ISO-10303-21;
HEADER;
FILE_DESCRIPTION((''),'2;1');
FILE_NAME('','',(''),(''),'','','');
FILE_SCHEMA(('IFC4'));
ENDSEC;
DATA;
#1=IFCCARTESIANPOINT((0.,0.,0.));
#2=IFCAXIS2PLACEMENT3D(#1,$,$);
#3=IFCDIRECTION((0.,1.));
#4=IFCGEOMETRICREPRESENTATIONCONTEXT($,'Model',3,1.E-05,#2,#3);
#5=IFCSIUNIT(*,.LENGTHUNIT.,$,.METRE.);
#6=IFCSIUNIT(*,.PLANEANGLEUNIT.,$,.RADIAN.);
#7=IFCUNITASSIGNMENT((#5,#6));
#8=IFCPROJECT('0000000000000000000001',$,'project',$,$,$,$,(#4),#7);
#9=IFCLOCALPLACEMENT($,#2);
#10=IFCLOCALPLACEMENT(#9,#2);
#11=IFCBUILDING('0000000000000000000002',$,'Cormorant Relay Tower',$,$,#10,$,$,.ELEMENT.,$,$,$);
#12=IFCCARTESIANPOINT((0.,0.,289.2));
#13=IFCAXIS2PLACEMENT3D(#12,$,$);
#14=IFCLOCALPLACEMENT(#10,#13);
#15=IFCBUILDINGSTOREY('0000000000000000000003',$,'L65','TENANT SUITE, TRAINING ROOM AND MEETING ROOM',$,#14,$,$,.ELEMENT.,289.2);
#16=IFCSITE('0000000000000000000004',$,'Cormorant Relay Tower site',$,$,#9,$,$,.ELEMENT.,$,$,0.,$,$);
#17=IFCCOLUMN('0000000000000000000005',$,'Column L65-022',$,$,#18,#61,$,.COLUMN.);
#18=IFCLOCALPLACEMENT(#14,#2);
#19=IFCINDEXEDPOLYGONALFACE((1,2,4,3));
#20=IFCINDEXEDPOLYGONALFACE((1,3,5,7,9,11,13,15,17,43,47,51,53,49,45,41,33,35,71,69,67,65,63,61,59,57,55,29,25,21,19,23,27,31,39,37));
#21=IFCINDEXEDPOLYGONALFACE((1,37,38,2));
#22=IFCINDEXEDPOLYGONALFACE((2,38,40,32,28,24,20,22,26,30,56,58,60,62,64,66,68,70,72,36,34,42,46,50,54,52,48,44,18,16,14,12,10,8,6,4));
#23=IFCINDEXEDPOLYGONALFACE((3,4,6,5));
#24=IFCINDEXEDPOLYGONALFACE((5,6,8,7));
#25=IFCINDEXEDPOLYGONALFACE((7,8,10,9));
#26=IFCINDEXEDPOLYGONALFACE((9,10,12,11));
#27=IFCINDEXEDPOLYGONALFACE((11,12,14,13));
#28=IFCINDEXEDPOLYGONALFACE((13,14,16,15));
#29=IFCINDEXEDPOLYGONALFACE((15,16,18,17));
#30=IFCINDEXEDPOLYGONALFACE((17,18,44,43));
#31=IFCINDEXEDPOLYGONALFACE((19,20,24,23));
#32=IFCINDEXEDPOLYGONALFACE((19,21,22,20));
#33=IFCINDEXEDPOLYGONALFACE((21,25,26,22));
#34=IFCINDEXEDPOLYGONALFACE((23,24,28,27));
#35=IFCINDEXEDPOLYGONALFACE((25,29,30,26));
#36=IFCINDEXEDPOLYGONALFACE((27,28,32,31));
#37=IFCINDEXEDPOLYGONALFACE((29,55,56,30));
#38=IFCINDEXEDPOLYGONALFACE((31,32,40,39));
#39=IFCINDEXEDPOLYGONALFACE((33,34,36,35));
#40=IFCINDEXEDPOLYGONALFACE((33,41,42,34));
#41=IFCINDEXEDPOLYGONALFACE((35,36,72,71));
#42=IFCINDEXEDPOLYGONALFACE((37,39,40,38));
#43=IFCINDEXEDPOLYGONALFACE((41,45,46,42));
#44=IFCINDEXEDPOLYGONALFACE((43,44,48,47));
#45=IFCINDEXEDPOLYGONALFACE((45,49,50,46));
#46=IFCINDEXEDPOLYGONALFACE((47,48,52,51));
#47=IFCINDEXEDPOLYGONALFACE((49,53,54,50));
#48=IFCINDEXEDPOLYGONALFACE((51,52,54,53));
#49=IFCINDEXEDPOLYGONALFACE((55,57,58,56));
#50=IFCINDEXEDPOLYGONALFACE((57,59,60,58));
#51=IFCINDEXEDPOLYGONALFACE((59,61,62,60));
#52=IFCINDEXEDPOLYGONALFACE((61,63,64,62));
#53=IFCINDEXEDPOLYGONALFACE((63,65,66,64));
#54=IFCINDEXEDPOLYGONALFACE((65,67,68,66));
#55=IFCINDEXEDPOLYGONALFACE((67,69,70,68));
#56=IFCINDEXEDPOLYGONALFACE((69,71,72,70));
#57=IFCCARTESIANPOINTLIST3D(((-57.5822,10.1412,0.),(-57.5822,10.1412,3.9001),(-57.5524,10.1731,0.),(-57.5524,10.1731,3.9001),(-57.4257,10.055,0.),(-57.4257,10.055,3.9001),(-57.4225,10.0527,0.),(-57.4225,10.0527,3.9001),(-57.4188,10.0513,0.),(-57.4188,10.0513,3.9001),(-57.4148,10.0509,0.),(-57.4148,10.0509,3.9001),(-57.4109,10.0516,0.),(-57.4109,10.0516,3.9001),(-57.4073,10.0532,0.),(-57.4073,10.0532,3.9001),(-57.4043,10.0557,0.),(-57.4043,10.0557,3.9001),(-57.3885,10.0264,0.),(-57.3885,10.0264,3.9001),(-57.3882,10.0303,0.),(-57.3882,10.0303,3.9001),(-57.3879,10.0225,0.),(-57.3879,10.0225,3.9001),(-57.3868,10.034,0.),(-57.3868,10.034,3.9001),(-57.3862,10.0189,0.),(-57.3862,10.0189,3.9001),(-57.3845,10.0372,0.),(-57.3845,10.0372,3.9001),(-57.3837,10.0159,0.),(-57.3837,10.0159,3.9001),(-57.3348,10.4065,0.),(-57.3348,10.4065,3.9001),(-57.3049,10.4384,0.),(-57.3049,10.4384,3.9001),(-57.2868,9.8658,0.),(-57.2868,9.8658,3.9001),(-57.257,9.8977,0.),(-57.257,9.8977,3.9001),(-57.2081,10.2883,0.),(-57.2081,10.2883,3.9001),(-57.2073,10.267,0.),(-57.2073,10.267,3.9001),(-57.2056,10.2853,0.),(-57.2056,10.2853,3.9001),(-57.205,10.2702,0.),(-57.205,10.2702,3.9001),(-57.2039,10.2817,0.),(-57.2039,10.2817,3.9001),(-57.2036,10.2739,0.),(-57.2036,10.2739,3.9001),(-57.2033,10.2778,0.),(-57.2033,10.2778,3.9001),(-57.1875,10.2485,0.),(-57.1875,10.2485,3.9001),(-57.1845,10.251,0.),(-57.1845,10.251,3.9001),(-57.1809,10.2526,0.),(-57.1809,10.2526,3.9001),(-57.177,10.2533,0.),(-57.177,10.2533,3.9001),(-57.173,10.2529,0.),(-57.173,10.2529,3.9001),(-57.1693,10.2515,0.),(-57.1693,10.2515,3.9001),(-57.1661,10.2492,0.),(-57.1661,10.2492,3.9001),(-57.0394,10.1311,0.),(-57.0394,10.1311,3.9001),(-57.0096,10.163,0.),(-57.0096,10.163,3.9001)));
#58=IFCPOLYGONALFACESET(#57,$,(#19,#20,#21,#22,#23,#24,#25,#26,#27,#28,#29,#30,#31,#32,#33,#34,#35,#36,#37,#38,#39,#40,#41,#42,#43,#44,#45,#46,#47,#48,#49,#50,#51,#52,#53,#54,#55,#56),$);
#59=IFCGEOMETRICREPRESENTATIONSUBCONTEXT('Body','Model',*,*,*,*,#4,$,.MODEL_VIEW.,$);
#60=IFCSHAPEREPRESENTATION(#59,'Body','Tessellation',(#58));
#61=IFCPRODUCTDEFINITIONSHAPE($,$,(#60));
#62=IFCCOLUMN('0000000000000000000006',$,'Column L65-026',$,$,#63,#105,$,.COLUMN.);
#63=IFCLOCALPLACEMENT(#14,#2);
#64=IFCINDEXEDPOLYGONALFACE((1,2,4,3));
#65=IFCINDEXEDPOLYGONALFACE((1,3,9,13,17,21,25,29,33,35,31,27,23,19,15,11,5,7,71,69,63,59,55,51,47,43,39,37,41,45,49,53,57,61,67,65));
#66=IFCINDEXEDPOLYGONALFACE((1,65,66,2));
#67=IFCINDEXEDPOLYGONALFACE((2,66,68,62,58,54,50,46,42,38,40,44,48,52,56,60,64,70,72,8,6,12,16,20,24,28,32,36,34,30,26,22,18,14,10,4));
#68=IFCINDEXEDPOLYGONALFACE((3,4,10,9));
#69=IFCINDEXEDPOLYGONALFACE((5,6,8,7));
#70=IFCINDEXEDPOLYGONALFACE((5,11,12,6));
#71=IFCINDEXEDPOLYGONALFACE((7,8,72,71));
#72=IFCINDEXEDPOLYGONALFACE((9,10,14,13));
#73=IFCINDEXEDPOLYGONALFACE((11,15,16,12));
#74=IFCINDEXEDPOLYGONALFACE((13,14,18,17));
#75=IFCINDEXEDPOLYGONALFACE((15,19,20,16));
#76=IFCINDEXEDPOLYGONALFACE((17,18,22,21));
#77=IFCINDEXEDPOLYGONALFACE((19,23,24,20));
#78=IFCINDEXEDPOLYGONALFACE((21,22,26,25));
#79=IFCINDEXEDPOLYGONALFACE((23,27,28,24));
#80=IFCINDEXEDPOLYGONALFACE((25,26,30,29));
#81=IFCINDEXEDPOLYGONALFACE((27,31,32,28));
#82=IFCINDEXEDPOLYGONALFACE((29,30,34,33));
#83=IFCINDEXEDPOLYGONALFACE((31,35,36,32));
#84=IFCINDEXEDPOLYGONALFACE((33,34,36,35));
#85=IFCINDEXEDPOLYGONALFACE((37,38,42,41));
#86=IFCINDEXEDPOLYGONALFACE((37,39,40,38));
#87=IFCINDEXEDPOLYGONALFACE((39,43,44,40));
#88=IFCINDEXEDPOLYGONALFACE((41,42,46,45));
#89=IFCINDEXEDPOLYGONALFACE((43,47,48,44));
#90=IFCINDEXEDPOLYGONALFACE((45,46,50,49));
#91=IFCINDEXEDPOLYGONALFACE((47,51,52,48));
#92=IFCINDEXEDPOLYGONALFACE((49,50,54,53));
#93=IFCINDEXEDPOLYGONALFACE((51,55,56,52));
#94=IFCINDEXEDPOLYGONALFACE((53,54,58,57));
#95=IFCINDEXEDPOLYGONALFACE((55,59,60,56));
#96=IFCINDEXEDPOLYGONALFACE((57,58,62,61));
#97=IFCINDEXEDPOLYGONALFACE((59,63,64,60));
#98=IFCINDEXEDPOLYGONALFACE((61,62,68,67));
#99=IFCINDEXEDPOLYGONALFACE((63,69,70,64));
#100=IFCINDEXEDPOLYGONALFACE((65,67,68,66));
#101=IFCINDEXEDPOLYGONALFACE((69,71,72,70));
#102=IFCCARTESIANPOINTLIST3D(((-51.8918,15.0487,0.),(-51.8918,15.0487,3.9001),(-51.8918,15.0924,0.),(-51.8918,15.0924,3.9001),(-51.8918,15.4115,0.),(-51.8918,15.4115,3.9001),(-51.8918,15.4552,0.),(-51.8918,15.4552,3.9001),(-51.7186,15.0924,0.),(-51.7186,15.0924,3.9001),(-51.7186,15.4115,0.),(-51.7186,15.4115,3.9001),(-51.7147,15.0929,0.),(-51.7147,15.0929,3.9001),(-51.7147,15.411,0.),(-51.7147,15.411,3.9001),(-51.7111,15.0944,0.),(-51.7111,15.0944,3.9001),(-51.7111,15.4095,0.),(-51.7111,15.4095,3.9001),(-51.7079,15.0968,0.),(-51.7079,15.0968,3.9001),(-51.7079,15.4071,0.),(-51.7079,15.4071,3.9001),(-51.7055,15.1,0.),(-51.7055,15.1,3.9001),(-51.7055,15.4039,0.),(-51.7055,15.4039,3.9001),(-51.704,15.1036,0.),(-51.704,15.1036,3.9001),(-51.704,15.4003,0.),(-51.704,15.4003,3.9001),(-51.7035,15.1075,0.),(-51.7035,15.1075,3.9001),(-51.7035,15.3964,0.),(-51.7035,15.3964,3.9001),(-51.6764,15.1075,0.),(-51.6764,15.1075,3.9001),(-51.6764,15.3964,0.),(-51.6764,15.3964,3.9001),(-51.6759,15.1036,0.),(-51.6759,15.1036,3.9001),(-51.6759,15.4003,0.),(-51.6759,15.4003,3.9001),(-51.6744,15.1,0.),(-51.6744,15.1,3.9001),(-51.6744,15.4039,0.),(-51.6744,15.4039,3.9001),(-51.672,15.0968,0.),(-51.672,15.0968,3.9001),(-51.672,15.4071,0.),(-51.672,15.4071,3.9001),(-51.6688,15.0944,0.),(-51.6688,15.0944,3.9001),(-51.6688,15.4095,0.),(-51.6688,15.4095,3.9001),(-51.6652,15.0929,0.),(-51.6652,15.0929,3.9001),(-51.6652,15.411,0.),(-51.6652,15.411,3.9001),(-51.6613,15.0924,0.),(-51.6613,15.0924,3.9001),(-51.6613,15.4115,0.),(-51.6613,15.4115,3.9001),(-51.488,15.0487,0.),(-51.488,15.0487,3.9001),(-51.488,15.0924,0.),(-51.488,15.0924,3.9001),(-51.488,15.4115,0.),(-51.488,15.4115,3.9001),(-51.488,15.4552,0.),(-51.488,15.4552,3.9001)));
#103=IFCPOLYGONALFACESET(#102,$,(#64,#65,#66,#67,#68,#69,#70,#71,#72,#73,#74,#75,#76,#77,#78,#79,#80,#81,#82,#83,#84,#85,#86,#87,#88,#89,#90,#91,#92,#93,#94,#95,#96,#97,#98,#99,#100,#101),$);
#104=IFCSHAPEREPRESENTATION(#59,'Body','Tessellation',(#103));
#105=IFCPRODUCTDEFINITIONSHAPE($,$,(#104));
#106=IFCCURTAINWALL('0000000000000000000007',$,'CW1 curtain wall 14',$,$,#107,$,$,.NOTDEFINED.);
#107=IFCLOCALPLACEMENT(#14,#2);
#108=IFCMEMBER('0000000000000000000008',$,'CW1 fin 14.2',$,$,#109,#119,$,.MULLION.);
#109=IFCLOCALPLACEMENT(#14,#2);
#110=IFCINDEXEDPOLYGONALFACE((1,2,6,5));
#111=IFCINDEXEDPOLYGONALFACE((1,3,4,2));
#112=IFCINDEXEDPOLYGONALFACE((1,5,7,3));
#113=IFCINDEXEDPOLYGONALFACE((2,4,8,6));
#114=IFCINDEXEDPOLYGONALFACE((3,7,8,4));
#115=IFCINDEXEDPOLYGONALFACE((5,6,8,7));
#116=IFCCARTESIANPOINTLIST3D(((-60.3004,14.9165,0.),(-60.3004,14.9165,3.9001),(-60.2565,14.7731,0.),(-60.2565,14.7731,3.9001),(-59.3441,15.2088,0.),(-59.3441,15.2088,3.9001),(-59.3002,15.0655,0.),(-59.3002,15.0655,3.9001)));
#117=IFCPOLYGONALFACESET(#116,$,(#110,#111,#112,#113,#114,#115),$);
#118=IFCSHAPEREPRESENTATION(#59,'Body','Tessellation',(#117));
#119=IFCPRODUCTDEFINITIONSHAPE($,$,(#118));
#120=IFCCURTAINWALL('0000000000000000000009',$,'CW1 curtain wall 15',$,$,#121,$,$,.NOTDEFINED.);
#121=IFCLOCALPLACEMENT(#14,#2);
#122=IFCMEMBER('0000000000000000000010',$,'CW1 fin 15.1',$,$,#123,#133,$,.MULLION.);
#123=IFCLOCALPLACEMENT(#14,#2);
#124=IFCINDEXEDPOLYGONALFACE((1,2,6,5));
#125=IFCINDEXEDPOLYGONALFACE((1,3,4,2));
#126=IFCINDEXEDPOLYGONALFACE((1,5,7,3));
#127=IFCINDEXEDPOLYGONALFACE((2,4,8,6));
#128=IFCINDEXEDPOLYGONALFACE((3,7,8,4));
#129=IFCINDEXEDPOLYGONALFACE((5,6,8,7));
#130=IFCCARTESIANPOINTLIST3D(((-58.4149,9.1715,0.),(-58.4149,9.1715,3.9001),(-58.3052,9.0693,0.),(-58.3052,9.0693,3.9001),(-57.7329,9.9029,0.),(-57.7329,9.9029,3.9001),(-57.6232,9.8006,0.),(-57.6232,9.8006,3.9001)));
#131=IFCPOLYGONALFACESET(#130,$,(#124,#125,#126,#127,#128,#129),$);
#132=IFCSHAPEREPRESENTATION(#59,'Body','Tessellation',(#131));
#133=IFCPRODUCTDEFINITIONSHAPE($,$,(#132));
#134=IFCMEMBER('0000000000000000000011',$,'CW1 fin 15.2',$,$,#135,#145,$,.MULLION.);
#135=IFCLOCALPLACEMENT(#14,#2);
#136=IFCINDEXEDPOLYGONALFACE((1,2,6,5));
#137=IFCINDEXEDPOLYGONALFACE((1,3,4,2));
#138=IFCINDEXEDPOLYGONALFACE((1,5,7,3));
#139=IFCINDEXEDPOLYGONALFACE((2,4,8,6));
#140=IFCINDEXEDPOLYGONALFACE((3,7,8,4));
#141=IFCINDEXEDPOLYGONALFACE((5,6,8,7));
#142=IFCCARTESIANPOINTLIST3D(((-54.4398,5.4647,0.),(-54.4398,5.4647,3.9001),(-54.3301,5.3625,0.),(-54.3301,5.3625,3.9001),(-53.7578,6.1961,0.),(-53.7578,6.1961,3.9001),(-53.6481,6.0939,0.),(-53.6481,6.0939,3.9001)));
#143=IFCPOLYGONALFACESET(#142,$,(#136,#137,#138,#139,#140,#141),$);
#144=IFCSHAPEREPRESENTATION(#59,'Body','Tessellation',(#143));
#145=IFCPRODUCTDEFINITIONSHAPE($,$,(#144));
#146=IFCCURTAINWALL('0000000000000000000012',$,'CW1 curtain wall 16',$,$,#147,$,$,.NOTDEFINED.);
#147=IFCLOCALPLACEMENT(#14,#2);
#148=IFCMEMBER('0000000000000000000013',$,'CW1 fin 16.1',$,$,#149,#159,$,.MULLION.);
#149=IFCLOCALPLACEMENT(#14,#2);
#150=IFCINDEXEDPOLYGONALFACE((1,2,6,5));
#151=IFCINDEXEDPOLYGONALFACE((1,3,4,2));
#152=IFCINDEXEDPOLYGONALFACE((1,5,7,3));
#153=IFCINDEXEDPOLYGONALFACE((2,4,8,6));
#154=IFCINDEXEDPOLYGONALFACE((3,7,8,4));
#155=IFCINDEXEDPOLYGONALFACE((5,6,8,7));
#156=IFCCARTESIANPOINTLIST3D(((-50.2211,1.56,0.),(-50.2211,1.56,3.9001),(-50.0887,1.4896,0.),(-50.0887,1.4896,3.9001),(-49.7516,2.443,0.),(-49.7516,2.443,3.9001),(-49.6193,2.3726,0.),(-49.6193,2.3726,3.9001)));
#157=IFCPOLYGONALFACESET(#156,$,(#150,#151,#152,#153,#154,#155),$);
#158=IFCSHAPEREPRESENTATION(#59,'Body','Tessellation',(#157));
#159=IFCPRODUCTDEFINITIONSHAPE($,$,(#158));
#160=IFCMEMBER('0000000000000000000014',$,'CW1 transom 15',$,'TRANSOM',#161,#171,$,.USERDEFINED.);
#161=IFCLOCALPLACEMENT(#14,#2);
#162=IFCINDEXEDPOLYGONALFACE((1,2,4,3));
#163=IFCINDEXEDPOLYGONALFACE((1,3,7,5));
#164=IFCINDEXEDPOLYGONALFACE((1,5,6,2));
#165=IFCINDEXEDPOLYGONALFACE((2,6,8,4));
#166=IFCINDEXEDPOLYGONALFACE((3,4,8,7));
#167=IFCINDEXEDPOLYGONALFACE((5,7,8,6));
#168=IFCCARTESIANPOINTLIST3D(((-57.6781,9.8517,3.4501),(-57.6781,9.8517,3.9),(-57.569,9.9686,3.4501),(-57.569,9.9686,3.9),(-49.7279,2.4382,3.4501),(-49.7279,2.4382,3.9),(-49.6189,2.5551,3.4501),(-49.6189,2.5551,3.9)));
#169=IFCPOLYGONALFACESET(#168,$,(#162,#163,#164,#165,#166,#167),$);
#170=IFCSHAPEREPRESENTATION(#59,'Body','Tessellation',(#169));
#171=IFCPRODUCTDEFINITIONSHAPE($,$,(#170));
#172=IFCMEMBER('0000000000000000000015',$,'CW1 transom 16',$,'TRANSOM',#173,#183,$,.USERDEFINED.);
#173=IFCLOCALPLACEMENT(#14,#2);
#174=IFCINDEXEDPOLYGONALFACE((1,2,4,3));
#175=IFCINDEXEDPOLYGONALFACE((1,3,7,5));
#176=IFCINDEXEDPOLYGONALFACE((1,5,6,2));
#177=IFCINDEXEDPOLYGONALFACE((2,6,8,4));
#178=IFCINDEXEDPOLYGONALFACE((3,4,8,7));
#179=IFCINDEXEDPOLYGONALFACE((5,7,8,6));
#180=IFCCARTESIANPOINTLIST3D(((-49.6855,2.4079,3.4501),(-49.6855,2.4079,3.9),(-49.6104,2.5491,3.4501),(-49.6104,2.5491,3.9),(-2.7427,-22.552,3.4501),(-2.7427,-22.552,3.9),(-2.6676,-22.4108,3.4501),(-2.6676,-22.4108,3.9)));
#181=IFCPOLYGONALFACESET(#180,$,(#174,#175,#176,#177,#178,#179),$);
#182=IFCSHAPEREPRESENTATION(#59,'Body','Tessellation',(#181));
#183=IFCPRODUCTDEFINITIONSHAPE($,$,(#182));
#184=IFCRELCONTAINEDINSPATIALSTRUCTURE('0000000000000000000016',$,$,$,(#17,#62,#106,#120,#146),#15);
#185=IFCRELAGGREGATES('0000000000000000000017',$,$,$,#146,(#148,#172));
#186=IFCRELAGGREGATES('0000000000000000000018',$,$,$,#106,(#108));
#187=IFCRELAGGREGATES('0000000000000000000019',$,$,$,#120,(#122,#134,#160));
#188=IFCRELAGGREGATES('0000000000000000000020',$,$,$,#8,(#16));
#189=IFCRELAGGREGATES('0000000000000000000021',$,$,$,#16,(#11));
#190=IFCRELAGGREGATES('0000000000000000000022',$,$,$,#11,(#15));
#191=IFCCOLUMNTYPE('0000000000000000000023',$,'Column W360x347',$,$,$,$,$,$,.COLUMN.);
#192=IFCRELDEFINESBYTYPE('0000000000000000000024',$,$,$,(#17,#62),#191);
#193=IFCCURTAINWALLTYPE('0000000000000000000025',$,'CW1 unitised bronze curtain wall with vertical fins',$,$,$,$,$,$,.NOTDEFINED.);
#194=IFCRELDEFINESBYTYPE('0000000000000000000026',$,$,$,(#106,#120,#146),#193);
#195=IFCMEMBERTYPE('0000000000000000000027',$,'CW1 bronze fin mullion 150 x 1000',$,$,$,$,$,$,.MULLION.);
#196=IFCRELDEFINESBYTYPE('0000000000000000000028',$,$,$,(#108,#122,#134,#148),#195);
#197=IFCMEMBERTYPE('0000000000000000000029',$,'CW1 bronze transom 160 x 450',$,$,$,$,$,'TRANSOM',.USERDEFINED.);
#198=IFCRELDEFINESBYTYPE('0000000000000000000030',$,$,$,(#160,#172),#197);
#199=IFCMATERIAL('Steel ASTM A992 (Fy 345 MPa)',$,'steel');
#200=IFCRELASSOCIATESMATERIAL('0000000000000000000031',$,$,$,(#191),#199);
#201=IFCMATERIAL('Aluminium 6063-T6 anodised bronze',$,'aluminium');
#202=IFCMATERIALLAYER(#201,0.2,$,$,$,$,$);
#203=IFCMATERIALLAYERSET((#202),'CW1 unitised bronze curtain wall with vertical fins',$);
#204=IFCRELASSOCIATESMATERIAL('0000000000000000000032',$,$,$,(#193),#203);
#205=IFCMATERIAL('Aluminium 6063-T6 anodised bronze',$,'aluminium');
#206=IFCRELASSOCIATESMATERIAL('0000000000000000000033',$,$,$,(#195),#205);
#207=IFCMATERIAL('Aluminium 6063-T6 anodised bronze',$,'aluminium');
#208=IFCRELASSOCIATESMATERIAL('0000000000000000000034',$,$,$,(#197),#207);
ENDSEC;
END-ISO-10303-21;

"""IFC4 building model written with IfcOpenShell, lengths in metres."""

from ifc_helpers import new_model, si_unit, direction, frame, origin, origin_2d, place, context, subcontext, project, spatial, rectangle, i_section, extrude, material, layer, layer_set, material_profile, profile_set, type_object, element, aggregate, save


model = new_model("IFC4")

# Units and contexts
model_context = context("Model", 3, precision=1e-05, world=origin(), true_north=direction((0.0, 1.0)))
body_context = subcontext(model_context, "Body", "Model", "MODEL_VIEW")
ifc_project = project(units=[si_unit("LENGTHUNIT", "METRE"), si_unit("PLANEANGLEUNIT", "RADIAN")], contexts=[model_context])

# Site, building, storey
site_placement = place(None, origin())
site = spatial("IfcSite", under=ifc_project, at=site_placement, Name="Cormorant Relay Tower site", CompositionType="ELEMENT", RefElevation=0.0)
building_placement = place(site_placement, origin())
building = spatial("IfcBuilding", under=site, at=building_placement, Name="Cormorant Relay Tower", CompositionType="ELEMENT")
storey_placement = place(building_placement, frame((0.0, 0.0, 289.2)))
storey = spatial("IfcBuildingStorey", under=building, at=storey_placement, Name="L65", Description="TENANT SUITE, TRAINING ROOM AND MEETING ROOM", CompositionType="ELEMENT", Elevation=289.2)

# Columns
ifc_material_1 = material(Name="Steel ASTM A992 (Fy 345 MPa)", Category="steel")
ifc_material_profile_1 = material_profile(ifc_material_1, i_section(OverallWidth=0.4038, OverallDepth=0.4065, WebThickness=0.0271, FlangeThickness=0.0437, FilletRadius=0.0151, at=origin_2d()), Name="W360x347")
ifc_profile_set_1 = profile_set([ifc_material_profile_1], Name="Steel ASTM A992 (Fy 345 MPa)")
column_type = type_object("IfcColumnType", Name="Column W360x347", PredefinedType="COLUMN", material=ifc_profile_set_1)
for number, where, z_axis, x_axis, name in (
    (1, (-57.2959, 10.1521, 0.0), (0.0, 0.0, 1.0), (0.731354, -0.681998, 0.0), "Column L65-022"),
    (2, (-51.6899, 15.252, 0.0), (0.0, 0.0, 1.0), (1.0, 0.0, 0.0), "Column L65-026"),
):
    element("IfcColumn", number, at=place(storey_placement, frame(where, z_axis=z_axis, x_axis=x_axis)), inside=storey, type_object=column_type, Name=name, PredefinedType="COLUMN", context=body_context, shape_type="SweptSolid", body=[
        extrude(i_section(OverallWidth=0.4038, OverallDepth=0.4065, WebThickness=0.0271, FlangeThickness=0.0437, FilletRadius=0.0151, at=origin_2d()), origin(), (0.0, 0.0, 1.0), 3.9001),
    ])

# Curtain wall, member
ifc_material_2 = material(Name="Aluminium 6063-T6 anodised bronze", Category="aluminium")
ifc_layer_1 = layer(ifc_material_2, 0.2)
ifc_layer_set_1 = layer_set([ifc_layer_1], Name="CW1 unitised bronze curtain wall with vertical fins")
curtain_wall_type = type_object("IfcCurtainWallType", Name="CW1 unitised bronze curtain wall with vertical fins", PredefinedType="NOTDEFINED", material=ifc_layer_set_1)
curtain_wall_1_placement = place(storey_placement, origin())
curtain_wall_1 = element("IfcCurtainWall", 3, at=curtain_wall_1_placement, inside=storey, type_object=curtain_wall_type, Name="CW1 curtain wall 14", PredefinedType="NOTDEFINED")
ifc_material_3 = material(Name="Aluminium 6063-T6 anodised bronze", Category="aluminium")
ifc_material_profile_2 = material_profile(ifc_material_3, rectangle(XDim=0.1499, YDim=1.0, at=origin_2d()), Name="AL 150x1000")
ifc_profile_set_2 = profile_set([ifc_material_profile_2], Name="Aluminium 6063-T6 anodised bronze")
member_type_1 = type_object("IfcMemberType", Name="CW1 bronze fin mullion 150 x 1000", PredefinedType="MULLION", material=ifc_profile_set_2)
member_1_placement = place(storey_placement, frame((-59.8003, 14.991, 0.0), z_axis=(0.0, 0.0, 1.0), x_axis=(0.292372, -0.956305, 0.0)))
member_1 = element("IfcMember", 4, at=member_1_placement, type_object=member_type_1, Name="CW1 fin 14.2", PredefinedType="MULLION", context=body_context, shape_type="SweptSolid", body=[
    extrude(rectangle(XDim=0.1499, YDim=1.0, at=origin_2d()), origin(), (0.0, 0.0, 1.0), 3.9001),
])

# Curtain wall, members
curtain_wall_2_placement = place(storey_placement, origin())
curtain_wall_2 = element("IfcCurtainWall", 5, at=curtain_wall_2_placement, inside=storey, type_object=curtain_wall_type, Name="CW1 curtain wall 15", PredefinedType="NOTDEFINED")
member_2_placement = place(storey_placement, frame((-58.019, 9.4861, 0.0), z_axis=(0.0, 0.0, 1.0), x_axis=(0.731354, -0.681998, 0.0)))
member_2 = element("IfcMember", 6, at=member_2_placement, type_object=member_type_1, Name="CW1 fin 15.1", PredefinedType="MULLION", context=body_context, shape_type="SweptSolid", body=[
    extrude(rectangle(XDim=0.1499, YDim=1.0, at=origin_2d()), origin(), (0.0, 0.0, 1.0), 3.9001),
])
member_3_placement = place(storey_placement, frame((-54.0439, 5.7793, 0.0), z_axis=(0.0, 0.0, 1.0), x_axis=(0.731354, -0.681998, 0.0)))
member_3 = element("IfcMember", 7, at=member_3_placement, type_object=member_type_1, Name="CW1 fin 15.2", PredefinedType="MULLION", context=body_context, shape_type="SweptSolid", body=[
    extrude(rectangle(XDim=0.1499, YDim=1.0, at=origin_2d()), origin(), (0.0, 0.0, 1.0), 3.9001),
])

# Curtain wall, member
curtain_wall_3_placement = place(storey_placement, origin())
curtain_wall_3 = element("IfcCurtainWall", 8, at=curtain_wall_3_placement, inside=storey, type_object=curtain_wall_type, Name="CW1 curtain wall 16", PredefinedType="NOTDEFINED")
member_4_placement = place(storey_placement, frame((-49.9202, 1.9663, 0.0), z_axis=(0.0, 0.0, 1.0), x_axis=(0.882948, -0.469472, 0.0)))
member_4 = element("IfcMember", 9, at=member_4_placement, type_object=member_type_1, Name="CW1 fin 16.1", PredefinedType="MULLION", context=body_context, shape_type="SweptSolid", body=[
    extrude(rectangle(XDim=0.1499, YDim=1.0, at=origin_2d()), origin(), (0.0, 0.0, 1.0), 3.9001),
])

# Members
ifc_material_4 = material(Name="Aluminium 6063-T6 anodised bronze", Category="aluminium")
ifc_material_profile_3 = material_profile(ifc_material_4, rectangle(XDim=0.1599, YDim=0.45, at=origin_2d()), Name="AL 160x450")
ifc_profile_set_3 = profile_set([ifc_material_profile_3], Name="Aluminium 6063-T6 anodised bronze")
member_type_2 = type_object("IfcMemberType", Name="CW1 bronze transom 160 x 450", ElementType="TRANSOM", PredefinedType="USERDEFINED", material=ifc_profile_set_3)
member_5_placement = place(storey_placement, frame((-57.6235, 9.9102, 3.675), z_axis=(0.731358, -0.681993, 0.0), x_axis=(0.681993, 0.731358, 0.0)))
member_5 = element("IfcMember", 10, at=member_5_placement, type_object=member_type_2, Name="CW1 transom 15", ObjectType="TRANSOM", PredefinedType="USERDEFINED", context=body_context, shape_type="SweptSolid", body=[
    extrude(rectangle(XDim=0.1599, YDim=0.45, at=origin_2d()), origin(), (0.0, 0.0, 1.0), 10.8704),
])
member_6_placement = place(storey_placement, frame((-49.6479, 2.4785, 3.675), z_axis=(0.882948, -0.469471, 0.0), x_axis=(0.469471, 0.882948, 0.0)))
member_6 = element("IfcMember", 11, at=member_6_placement, type_object=member_type_2, Name="CW1 transom 16", ObjectType="TRANSOM", PredefinedType="USERDEFINED", context=body_context, shape_type="SweptSolid", body=[
    extrude(rectangle(XDim=0.1599, YDim=0.45, at=origin_2d()), origin(), (0.0, 0.0, 1.0), 53.166),
])
aggregate(curtain_wall_3, [member_4, member_6])

aggregate(curtain_wall_1, [member_1])
aggregate(curtain_wall_2, [member_2, member_3, member_5])

save(model, "model.ifc")
